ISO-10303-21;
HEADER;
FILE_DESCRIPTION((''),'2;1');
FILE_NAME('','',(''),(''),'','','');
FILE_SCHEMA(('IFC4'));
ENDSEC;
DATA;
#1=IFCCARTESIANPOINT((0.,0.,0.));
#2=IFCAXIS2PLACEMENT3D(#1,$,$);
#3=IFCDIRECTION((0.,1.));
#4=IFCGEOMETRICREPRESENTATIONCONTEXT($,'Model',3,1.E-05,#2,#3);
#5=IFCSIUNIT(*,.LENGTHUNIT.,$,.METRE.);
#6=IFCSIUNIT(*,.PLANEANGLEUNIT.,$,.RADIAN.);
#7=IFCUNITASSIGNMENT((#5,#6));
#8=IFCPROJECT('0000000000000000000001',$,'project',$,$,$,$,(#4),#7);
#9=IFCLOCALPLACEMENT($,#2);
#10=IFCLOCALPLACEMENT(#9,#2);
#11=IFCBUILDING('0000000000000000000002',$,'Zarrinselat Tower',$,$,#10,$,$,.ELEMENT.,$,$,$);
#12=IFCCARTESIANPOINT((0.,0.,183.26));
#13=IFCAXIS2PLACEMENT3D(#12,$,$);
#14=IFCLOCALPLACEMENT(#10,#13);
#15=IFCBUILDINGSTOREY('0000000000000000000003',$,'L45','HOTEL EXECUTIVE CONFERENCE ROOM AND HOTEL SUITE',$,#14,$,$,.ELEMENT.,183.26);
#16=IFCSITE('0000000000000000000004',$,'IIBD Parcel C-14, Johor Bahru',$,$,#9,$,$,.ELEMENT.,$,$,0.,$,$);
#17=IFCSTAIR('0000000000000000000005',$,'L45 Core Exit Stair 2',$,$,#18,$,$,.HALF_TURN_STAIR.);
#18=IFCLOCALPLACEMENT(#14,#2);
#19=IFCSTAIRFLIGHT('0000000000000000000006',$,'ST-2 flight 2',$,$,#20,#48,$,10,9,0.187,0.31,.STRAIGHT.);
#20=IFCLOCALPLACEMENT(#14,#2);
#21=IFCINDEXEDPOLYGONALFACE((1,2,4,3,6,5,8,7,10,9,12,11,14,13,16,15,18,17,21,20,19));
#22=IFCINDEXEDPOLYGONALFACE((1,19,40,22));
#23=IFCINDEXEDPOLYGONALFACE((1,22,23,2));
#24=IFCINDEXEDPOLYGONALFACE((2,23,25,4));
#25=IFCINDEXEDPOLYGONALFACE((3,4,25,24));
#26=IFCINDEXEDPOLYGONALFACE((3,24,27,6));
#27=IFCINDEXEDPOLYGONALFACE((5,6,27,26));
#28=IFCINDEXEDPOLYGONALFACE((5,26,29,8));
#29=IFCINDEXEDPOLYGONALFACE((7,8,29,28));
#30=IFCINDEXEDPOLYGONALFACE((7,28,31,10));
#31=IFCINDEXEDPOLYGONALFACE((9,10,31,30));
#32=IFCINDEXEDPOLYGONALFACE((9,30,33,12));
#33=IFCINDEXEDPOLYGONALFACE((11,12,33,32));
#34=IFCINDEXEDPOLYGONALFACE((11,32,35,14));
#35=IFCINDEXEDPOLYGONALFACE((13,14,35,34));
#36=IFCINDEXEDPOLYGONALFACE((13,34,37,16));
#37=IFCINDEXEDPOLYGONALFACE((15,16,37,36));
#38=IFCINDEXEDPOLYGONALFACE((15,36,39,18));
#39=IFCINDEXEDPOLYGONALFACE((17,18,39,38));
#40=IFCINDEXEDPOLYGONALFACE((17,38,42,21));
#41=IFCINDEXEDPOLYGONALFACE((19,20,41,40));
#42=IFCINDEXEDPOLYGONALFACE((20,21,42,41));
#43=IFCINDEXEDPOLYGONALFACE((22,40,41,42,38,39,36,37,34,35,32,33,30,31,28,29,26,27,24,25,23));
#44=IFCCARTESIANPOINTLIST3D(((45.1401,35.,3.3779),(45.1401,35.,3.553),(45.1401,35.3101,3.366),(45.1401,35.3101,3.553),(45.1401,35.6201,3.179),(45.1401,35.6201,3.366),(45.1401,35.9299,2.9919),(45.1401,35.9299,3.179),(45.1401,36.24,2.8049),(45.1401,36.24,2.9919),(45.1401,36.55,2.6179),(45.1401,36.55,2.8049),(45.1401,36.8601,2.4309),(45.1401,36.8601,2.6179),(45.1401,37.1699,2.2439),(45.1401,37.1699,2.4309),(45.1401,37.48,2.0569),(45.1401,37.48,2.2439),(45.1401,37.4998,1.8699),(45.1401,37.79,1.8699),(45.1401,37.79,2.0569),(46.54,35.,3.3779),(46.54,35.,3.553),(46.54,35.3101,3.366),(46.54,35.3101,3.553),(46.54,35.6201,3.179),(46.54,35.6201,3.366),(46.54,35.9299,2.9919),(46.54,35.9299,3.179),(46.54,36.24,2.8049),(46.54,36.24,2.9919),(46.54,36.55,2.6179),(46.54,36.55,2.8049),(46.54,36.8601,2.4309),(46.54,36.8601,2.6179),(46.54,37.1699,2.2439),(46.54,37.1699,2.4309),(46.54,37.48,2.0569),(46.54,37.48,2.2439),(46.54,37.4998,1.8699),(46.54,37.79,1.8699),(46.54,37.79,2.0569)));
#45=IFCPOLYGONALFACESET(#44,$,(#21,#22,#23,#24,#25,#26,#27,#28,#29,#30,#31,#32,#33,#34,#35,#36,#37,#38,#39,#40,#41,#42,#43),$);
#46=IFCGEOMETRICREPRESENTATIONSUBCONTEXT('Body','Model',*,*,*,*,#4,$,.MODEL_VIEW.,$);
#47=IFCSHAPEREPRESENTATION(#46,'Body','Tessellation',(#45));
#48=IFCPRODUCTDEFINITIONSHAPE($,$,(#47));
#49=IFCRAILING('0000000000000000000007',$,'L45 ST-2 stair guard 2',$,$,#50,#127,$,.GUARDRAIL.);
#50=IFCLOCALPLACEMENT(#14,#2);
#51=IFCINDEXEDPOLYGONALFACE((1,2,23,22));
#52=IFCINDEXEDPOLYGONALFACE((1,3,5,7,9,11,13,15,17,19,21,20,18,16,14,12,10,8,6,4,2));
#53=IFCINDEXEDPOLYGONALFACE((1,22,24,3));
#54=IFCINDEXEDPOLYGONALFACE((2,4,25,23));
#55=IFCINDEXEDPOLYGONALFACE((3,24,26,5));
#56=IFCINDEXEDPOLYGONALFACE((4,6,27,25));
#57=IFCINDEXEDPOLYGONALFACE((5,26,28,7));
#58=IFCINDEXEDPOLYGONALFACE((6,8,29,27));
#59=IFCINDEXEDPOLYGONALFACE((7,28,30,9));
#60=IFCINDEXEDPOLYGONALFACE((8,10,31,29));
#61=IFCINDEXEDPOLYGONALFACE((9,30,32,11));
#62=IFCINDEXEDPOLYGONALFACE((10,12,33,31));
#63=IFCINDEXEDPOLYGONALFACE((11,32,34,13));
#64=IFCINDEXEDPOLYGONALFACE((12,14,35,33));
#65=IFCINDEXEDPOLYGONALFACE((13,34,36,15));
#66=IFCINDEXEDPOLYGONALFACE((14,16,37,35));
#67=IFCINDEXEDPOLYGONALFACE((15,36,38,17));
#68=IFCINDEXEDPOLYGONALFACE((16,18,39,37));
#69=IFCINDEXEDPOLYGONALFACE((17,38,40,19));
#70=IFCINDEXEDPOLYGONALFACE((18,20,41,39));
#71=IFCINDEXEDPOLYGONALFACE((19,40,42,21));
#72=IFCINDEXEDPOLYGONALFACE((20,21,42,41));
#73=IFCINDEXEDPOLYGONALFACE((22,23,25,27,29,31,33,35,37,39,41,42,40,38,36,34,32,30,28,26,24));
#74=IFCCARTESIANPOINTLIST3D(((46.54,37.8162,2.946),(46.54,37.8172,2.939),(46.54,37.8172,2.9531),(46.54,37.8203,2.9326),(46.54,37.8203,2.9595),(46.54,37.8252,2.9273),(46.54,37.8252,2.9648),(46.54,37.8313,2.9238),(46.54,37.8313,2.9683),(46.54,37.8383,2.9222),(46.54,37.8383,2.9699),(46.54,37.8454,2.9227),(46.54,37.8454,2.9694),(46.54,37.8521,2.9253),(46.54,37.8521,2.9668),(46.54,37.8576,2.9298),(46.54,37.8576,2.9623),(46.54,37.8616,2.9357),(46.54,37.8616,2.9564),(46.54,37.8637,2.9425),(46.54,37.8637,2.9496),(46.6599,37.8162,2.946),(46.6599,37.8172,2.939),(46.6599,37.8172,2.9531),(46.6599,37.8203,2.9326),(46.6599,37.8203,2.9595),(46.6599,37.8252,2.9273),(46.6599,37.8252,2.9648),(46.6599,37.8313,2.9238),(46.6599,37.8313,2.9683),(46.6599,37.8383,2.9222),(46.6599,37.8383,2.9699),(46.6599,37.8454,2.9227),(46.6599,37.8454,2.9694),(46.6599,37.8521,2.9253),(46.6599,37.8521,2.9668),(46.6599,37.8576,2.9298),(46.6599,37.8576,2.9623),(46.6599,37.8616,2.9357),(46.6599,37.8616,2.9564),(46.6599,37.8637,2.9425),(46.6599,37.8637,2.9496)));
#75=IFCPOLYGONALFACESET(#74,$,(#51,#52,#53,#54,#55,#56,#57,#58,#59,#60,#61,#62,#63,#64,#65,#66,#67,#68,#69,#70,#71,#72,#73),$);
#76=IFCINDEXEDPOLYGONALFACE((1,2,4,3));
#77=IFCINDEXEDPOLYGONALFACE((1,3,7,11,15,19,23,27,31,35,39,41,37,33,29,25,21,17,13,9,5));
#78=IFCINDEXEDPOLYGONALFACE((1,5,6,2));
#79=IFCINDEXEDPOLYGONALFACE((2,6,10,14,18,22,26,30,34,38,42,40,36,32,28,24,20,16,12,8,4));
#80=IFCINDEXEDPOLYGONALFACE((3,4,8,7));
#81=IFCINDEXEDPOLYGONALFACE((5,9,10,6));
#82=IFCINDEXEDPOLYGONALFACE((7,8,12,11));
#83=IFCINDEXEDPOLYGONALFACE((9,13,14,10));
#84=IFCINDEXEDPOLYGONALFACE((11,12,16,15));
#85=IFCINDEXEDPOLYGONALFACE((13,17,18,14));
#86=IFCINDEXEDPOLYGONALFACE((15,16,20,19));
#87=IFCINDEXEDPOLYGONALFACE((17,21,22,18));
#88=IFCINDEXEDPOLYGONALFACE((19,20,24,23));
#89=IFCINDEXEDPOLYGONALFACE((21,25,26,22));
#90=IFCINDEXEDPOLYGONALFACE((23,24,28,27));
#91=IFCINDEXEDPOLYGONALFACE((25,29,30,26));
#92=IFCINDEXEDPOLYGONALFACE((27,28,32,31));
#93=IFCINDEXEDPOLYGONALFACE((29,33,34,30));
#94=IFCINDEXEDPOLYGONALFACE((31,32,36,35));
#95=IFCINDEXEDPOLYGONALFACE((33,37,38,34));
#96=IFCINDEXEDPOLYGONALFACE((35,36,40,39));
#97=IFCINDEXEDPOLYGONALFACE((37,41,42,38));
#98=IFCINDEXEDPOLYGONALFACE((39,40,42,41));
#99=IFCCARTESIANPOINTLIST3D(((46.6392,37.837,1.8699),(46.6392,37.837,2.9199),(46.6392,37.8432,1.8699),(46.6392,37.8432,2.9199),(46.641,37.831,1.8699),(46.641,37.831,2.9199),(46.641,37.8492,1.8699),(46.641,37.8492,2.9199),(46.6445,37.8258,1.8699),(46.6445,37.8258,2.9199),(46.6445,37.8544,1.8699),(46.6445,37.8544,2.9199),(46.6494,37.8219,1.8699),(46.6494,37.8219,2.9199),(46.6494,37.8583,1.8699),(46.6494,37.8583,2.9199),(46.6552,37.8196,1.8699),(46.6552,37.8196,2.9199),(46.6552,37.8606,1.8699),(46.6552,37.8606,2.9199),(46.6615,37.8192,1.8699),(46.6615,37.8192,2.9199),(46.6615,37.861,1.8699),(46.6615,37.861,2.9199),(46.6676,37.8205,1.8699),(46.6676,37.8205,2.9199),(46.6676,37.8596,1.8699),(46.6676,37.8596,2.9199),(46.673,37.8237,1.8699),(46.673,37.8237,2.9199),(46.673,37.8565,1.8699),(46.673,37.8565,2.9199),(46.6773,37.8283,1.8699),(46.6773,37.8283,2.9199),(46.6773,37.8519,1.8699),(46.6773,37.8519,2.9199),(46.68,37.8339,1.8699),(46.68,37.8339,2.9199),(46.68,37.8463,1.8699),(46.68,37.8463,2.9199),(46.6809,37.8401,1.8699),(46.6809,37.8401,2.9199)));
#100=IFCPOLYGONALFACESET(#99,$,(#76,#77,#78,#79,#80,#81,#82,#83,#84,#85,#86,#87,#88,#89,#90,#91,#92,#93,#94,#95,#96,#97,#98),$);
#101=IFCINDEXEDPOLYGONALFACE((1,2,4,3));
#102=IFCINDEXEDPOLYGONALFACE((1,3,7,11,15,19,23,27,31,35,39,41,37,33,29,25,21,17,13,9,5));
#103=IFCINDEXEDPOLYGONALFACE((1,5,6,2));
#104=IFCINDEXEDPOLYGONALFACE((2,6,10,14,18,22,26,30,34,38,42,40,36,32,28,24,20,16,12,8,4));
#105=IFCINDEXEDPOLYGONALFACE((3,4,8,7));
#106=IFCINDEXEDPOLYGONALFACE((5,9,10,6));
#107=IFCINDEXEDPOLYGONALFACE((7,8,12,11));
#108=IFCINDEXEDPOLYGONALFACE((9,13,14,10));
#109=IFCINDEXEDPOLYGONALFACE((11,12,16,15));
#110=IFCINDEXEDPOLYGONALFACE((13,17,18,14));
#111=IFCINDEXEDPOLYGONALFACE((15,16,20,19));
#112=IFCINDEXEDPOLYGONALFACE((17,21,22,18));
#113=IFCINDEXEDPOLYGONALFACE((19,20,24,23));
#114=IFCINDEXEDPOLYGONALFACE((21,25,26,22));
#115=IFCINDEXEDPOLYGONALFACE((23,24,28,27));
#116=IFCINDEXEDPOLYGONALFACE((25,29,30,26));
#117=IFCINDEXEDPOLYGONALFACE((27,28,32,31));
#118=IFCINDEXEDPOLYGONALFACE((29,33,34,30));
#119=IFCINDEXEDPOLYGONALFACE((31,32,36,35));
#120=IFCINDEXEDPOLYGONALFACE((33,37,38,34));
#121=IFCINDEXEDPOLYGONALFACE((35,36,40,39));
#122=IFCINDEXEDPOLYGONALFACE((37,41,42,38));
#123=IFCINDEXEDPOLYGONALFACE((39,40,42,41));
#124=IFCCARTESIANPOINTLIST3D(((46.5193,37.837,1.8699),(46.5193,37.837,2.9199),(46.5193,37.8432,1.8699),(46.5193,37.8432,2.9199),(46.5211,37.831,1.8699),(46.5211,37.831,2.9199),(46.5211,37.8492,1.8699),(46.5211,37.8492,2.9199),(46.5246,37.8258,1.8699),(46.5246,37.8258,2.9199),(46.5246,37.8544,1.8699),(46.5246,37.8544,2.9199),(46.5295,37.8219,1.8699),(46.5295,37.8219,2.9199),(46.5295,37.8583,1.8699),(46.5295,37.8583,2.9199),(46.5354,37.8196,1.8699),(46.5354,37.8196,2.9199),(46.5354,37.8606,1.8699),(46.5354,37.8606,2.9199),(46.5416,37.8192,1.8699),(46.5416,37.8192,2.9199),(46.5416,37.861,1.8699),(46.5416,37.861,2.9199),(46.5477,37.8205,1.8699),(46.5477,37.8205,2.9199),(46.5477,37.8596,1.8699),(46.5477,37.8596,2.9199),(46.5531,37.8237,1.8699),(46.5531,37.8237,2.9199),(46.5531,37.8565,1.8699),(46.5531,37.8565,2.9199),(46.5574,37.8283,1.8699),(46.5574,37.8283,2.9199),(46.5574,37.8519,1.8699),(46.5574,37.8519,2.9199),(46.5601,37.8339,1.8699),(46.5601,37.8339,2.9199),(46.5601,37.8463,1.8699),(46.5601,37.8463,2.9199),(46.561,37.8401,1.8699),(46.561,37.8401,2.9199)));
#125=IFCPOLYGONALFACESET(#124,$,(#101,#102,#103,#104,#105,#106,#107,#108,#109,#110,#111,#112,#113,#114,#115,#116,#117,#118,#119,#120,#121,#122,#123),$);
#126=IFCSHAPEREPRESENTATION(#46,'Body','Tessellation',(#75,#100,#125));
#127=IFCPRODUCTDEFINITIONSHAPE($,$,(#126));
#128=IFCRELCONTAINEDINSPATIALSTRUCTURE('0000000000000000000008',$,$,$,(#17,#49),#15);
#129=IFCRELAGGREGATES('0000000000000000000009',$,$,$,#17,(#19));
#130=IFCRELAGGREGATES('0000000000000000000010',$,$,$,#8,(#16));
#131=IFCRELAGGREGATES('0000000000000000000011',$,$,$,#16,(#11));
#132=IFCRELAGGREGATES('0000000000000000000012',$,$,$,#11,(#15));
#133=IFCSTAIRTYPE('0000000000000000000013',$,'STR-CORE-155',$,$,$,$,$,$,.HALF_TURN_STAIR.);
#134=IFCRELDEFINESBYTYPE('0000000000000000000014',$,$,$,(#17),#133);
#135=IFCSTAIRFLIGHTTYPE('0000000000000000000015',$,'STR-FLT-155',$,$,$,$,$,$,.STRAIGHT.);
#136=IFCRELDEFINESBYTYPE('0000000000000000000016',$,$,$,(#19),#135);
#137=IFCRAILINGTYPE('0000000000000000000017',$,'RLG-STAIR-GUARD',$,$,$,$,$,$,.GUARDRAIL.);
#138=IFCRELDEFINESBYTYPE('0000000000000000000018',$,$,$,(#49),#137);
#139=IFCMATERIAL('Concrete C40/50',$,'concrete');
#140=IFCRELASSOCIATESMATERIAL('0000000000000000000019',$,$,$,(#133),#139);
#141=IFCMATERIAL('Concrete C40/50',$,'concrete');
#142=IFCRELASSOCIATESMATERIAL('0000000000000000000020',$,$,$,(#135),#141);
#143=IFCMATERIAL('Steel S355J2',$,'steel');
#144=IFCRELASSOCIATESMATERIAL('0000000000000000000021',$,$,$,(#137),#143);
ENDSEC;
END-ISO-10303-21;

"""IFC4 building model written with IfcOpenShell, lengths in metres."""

from ifc_helpers import new_model, si_unit, direction, frame, origin, origin_2d, place, context, subcontext, project, spatial, polyline, circle, outline, extrude, material, type_object, element, aggregate, save


model = new_model("IFC4")

# Units and contexts
model_context = context("Model", 3, precision=1e-05, world=origin(), true_north=direction((0.0, 1.0)))
body_context = subcontext(model_context, "Body", "Model", "MODEL_VIEW")
ifc_project = project(units=[si_unit("LENGTHUNIT", "METRE"), si_unit("PLANEANGLEUNIT", "RADIAN")], contexts=[model_context])

# Site, building, storey
site_placement = place(None, origin())
site = spatial("IfcSite", under=ifc_project, at=site_placement, Name="IIBD Parcel C-14, Johor Bahru", CompositionType="ELEMENT", RefElevation=0.0)
building_placement = place(site_placement, origin())
building = spatial("IfcBuilding", under=site, at=building_placement, Name="Zarrinselat Tower", CompositionType="ELEMENT")
storey_placement = place(building_placement, frame((0.0, 0.0, 183.26)))
storey = spatial("IfcBuildingStorey", under=building, at=storey_placement, Name="L45", Description="HOTEL EXECUTIVE CONFERENCE ROOM AND HOTEL SUITE", CompositionType="ELEMENT", Elevation=183.26)

# Stair, stair flight
ifc_material_1 = material(Name="Concrete C40/50", Category="concrete")
stair_type = type_object("IfcStairType", Name="STR-CORE-155", PredefinedType="HALF_TURN_STAIR", material=ifc_material_1)
stair_placement = place(storey_placement, origin())
stair = element("IfcStair", 1, at=stair_placement, inside=storey, type_object=stair_type, Name="L45 Core Exit Stair 2", PredefinedType="HALF_TURN_STAIR")
ifc_material_2 = material(Name="Concrete C40/50", Category="concrete")
stair_flight_type = type_object("IfcStairFlightType", Name="STR-FLT-155", PredefinedType="STRAIGHT", material=ifc_material_2)
stair_flight_placement = place(storey_placement, frame((45.8401, 37.79, 1.8699), z_axis=(0.0, 0.0, 1.0), x_axis=(0.0, -1.0, 0.0)))
stair_flight = element("IfcStairFlight", 2, at=stair_flight_placement, type_object=stair_flight_type, Name="ST-2 flight 2", NumberOfRisers=10, NumberOfTreads=9, PredefinedType="STRAIGHT", RiserHeight=0.187, TreadLength=0.31, context=body_context, shape_type="SweptSolid", body=[
    extrude(outline(polyline([(0.0, 0.0), (0.0, 0.187), (0.3101, 0.187), (0.3101, 0.374), (0.6201, 0.374), (0.6201, 0.561), (0.9299, 0.561), (0.9299, 0.748), (1.24, 0.748), (1.24, 0.9351), (1.55, 0.9351), (1.55, 1.1221), (1.8601, 1.1221), (1.8601, 1.3091), (2.1699, 1.3091), (2.1699, 1.4961), (2.48, 1.4961), (2.48, 1.6831), (2.79, 1.6831), (2.79, 1.8701), (2.79, 1.5081), (0.2903, 0.0), (0.0, 0.0)])), frame((0.0, 0.7, 0.0), z_axis=(0.0, -1.0, 0.0), x_axis=(1.0, 0.0, 0.0)), (0.0, 0.0, 1.0), 1.3999),
])
aggregate(stair, [stair_flight])

# Railing
ifc_material_3 = material(Name="Steel S355J2", Category="steel")
railing_type_1 = type_object("IfcRailingType", Name="RLG-STAIR-GUARD", PredefinedType="GUARDRAIL", material=ifc_material_3)
railing_1_placement = place(storey_placement, frame((46.6599, 37.8401, 1.8699)))
element("IfcRailing", 3, at=railing_1_placement, inside=storey, type_object=railing_type_1, Name="L45 ST-2 stair guard 2", PredefinedType="GUARDRAIL", context=body_context, shape_type="SweptSolid", body=[
    extrude(circle(Radius=0.0239, at=origin_2d()), frame((0.0, 0.0, 1.0762), z_axis=(-1.0, 0.0, 0.0), x_axis=(0.0, -1.0, 0.0)), (0.0, 0.0, 1.0), 0.1199),
    extrude(circle(Radius=0.021, at=origin_2d()), origin(), (0.0, 0.0, 1.0), 1.05),
    extrude(circle(Radius=0.021, at=origin_2d()), frame((-0.1199, 0.0, 0.0)), (0.0, 0.0, 1.0), 1.05),
])

save(model, "model.ifc")
